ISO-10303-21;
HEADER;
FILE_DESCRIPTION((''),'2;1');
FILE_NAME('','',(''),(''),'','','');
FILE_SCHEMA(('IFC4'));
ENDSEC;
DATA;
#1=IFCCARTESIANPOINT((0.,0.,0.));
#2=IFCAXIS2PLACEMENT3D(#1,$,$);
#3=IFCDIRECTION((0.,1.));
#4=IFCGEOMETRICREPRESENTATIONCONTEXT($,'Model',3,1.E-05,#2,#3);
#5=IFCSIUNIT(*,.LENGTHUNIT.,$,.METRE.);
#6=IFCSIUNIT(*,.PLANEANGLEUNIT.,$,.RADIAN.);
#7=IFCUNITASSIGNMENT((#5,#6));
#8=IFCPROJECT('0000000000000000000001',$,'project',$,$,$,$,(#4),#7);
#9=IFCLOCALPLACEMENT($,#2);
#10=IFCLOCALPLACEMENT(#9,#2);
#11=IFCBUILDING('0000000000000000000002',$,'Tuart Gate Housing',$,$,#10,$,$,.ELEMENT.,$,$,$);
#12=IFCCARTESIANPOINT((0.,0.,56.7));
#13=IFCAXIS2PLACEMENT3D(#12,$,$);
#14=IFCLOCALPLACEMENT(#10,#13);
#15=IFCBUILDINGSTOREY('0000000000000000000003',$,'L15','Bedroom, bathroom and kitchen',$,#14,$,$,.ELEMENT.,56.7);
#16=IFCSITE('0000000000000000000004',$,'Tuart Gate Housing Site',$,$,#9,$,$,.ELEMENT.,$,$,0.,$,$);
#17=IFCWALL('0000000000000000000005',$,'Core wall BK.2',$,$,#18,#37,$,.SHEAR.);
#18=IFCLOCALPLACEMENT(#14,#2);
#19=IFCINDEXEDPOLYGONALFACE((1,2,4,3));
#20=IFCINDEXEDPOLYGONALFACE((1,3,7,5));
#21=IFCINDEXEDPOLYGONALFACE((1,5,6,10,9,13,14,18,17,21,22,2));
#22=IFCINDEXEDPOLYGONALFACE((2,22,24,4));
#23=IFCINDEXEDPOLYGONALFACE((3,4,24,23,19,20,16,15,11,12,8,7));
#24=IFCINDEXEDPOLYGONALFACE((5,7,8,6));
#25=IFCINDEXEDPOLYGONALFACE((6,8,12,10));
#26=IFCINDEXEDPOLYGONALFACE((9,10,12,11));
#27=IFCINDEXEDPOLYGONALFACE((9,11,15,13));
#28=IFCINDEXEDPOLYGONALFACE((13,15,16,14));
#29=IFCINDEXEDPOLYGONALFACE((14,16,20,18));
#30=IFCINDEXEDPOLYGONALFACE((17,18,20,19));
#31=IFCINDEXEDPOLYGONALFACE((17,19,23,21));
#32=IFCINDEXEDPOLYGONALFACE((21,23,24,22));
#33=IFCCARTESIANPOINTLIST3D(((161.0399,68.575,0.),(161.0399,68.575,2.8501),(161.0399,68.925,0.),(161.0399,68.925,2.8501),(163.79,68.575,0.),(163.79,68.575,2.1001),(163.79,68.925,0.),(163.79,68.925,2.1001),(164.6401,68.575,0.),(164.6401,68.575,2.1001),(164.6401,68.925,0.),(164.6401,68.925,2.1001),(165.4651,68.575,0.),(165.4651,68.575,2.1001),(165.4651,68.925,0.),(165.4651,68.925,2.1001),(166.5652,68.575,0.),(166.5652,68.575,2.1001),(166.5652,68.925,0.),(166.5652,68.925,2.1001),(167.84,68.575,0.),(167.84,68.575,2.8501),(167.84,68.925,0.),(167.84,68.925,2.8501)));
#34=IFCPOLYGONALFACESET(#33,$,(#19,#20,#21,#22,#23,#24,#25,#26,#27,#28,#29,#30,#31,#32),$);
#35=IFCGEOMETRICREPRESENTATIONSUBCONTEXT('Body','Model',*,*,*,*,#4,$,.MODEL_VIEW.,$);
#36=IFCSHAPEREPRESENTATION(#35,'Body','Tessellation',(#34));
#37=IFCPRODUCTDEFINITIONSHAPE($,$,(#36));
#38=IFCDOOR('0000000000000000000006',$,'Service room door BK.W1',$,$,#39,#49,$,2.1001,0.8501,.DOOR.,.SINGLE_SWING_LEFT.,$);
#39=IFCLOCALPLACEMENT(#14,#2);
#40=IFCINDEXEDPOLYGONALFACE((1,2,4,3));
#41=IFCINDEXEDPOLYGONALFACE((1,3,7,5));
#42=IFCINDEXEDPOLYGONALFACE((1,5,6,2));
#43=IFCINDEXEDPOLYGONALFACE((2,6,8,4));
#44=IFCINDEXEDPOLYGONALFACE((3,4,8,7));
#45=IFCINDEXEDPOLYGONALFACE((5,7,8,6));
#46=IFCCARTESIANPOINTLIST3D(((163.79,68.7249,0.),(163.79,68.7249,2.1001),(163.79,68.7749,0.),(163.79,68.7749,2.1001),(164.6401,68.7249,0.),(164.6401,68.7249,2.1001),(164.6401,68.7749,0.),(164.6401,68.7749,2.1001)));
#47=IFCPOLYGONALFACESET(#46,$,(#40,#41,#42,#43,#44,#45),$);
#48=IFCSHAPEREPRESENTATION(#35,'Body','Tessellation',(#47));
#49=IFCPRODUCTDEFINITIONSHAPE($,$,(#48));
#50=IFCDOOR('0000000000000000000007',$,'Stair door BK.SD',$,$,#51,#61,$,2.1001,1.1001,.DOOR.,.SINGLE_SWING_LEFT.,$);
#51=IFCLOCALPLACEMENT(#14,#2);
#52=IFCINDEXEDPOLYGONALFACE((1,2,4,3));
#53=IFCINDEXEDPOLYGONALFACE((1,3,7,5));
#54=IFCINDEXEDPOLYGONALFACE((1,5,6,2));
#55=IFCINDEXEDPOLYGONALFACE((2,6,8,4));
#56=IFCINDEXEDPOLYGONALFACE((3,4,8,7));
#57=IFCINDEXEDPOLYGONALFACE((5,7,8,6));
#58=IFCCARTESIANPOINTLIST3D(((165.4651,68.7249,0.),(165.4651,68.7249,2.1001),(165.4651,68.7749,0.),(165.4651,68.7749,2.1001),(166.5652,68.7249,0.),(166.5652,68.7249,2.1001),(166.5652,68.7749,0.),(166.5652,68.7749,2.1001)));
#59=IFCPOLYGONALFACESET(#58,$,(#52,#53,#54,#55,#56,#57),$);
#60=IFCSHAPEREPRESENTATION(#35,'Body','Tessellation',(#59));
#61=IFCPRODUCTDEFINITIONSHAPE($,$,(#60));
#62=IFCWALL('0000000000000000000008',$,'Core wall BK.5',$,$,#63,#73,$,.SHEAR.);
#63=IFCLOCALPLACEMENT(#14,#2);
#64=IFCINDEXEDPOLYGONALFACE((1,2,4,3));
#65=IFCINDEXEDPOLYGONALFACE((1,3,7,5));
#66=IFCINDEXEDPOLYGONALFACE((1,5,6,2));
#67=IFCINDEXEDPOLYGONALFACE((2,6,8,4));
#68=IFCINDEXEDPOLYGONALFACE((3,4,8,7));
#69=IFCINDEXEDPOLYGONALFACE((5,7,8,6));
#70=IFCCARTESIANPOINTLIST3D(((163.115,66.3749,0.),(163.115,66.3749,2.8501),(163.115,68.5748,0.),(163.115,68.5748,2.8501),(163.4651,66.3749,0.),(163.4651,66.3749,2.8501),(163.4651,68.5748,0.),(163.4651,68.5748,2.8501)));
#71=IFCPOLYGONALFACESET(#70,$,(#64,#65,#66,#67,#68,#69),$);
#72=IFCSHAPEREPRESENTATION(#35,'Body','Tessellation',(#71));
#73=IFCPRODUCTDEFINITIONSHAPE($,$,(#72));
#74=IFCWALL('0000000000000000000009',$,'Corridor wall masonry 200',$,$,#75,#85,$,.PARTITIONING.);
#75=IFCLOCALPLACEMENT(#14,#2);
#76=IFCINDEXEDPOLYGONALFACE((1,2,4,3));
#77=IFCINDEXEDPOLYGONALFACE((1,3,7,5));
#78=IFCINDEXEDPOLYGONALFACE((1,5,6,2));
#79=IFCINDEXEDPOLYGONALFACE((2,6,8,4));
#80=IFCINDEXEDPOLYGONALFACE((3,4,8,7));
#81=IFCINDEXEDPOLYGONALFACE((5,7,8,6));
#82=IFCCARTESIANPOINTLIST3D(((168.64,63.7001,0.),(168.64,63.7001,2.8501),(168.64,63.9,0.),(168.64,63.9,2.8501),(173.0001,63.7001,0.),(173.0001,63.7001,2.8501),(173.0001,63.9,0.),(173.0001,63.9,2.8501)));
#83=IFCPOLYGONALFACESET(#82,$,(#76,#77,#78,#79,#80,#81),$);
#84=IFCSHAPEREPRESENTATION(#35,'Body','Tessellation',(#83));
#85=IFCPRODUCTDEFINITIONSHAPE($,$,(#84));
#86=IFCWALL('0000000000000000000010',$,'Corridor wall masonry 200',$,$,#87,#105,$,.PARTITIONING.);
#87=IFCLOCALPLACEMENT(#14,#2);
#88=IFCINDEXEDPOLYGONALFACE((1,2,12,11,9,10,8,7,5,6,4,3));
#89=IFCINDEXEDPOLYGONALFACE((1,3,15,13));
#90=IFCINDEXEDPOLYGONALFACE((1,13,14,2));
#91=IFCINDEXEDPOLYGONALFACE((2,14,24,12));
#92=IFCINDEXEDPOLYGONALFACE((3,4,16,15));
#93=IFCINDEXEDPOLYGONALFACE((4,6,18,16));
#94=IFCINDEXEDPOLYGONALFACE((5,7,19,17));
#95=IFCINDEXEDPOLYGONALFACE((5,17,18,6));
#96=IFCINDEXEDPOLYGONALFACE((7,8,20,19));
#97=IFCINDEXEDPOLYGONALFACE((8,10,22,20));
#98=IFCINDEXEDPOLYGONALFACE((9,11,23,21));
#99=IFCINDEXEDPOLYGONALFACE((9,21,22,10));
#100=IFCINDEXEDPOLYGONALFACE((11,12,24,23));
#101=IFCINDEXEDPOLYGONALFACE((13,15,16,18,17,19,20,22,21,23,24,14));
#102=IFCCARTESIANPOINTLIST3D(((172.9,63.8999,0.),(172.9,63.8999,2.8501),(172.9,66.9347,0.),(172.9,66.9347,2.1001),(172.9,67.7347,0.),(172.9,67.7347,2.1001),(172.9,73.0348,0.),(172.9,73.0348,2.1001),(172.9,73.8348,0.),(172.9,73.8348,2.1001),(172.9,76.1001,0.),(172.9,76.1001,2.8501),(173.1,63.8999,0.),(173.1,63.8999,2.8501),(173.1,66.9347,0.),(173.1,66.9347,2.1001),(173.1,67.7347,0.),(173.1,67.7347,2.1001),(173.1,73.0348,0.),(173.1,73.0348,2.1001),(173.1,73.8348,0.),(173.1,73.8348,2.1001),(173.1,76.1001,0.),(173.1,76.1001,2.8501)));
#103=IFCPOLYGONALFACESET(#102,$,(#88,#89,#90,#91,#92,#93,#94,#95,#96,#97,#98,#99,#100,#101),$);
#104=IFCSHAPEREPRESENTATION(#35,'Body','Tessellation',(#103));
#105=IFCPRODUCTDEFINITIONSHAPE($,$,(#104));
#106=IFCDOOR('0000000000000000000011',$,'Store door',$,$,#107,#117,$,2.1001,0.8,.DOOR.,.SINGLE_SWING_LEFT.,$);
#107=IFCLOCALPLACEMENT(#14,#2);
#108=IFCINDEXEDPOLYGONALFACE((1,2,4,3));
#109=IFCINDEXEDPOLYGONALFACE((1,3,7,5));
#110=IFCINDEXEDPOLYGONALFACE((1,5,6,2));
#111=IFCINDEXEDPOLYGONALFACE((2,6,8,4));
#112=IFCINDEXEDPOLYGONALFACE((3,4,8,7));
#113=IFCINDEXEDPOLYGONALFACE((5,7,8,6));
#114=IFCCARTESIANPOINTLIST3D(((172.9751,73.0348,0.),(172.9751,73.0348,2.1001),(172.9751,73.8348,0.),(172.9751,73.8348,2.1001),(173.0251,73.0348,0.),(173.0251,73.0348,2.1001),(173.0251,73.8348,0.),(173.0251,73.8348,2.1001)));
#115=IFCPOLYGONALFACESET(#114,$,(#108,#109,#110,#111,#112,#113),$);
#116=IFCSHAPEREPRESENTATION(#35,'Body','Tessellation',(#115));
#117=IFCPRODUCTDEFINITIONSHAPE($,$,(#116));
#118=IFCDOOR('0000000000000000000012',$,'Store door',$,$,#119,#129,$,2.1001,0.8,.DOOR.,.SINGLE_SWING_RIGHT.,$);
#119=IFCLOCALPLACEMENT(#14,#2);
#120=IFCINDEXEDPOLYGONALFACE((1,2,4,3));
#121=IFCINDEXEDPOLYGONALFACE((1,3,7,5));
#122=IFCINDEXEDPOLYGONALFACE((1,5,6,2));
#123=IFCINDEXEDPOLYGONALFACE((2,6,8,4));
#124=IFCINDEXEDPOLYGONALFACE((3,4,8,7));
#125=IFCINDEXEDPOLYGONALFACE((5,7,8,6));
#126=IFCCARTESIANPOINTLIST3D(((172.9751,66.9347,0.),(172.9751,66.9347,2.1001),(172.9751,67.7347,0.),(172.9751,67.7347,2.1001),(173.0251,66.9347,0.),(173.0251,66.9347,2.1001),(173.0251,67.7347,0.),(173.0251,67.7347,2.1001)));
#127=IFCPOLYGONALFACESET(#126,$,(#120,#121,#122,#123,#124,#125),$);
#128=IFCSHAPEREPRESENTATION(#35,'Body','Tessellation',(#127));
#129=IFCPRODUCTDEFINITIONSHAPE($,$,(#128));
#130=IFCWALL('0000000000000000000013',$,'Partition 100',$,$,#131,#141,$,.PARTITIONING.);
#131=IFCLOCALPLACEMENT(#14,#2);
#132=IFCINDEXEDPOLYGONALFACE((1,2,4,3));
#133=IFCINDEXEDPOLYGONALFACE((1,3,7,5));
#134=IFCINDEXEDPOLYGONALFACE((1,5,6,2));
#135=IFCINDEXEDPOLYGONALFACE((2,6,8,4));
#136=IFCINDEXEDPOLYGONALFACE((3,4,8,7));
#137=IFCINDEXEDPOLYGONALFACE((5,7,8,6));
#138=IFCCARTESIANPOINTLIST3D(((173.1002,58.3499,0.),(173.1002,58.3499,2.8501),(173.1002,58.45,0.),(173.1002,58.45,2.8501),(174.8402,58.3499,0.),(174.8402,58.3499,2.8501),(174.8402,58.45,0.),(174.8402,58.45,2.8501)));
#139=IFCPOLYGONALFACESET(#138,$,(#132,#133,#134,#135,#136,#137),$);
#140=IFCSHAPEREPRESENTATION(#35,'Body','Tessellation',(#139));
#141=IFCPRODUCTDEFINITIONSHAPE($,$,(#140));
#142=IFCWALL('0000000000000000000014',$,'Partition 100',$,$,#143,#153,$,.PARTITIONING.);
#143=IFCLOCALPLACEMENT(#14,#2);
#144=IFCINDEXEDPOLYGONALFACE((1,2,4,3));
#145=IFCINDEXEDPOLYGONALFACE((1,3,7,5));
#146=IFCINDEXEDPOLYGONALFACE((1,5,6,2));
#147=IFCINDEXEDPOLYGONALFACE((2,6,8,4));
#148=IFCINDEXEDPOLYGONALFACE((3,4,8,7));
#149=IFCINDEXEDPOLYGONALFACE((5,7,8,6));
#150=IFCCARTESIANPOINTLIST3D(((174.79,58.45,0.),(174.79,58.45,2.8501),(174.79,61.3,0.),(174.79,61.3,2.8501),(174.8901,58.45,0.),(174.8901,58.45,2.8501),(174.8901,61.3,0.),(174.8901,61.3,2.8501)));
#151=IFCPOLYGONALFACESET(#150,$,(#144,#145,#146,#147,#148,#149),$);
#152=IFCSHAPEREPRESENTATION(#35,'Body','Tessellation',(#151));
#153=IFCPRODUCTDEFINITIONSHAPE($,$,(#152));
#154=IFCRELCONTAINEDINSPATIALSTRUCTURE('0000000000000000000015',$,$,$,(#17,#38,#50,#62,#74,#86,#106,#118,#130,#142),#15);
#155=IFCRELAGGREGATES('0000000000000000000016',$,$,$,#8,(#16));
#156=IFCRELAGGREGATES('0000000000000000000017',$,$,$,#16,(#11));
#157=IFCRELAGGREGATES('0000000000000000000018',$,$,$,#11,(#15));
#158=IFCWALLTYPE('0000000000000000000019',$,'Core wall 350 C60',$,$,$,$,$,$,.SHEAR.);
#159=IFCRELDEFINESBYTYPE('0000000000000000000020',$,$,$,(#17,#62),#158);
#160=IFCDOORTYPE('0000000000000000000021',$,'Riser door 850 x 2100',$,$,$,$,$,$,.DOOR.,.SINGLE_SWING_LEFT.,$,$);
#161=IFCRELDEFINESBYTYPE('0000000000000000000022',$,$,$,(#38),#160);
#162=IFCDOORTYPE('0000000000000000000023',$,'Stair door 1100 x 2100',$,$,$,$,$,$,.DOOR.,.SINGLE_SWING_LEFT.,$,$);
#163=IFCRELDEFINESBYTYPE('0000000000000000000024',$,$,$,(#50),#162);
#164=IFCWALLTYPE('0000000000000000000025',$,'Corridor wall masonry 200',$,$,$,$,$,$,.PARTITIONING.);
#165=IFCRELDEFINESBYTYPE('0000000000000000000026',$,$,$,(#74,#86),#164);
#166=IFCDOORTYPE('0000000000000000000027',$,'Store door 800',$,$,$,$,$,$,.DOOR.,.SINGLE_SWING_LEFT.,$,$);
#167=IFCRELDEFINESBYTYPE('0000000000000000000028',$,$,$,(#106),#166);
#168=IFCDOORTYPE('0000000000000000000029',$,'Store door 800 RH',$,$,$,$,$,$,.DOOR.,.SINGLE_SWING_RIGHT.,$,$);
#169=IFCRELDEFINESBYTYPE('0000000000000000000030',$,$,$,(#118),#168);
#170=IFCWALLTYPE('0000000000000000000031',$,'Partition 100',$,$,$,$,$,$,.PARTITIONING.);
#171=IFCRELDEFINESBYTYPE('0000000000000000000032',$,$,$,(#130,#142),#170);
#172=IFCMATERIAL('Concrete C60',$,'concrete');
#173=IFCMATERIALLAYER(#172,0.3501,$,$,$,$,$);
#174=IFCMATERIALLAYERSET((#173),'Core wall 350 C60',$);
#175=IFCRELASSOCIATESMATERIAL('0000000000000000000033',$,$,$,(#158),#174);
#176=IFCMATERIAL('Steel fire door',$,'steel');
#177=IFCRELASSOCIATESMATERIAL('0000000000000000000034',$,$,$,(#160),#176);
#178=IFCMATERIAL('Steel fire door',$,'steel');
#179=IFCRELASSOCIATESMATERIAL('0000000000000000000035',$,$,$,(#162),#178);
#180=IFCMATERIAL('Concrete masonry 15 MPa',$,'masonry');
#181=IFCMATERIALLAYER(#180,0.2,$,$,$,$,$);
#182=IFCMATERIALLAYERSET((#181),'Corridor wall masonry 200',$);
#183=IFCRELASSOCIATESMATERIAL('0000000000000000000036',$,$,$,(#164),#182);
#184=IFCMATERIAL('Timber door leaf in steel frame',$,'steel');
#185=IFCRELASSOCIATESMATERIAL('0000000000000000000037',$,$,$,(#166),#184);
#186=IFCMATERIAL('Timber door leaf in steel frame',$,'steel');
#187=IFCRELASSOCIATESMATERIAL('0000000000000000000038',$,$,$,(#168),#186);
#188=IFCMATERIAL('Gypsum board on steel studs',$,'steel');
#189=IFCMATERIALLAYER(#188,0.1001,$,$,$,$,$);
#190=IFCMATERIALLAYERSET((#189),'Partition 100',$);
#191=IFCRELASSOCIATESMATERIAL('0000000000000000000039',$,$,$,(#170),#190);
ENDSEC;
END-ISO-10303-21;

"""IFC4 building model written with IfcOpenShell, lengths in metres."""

from ifc_helpers import new_model, si_unit, direction, frame, frame_2d, origin, place, context, subcontext, project, spatial, rectangle, extrude, material, layer, layer_set, type_object, element, fill, save


model = new_model("IFC4")

# Units and contexts
model_context = context("Model", 3, precision=1e-05, world=origin(), true_north=direction((0.0, 1.0)))
body_context = subcontext(model_context, "Body", "Model", "MODEL_VIEW")
ifc_project = project(units=[si_unit("LENGTHUNIT", "METRE"), si_unit("PLANEANGLEUNIT", "RADIAN")], contexts=[model_context])

# Site, building, storey
site_placement = place(None, origin())
site = spatial("IfcSite", under=ifc_project, at=site_placement, Name="Tuart Gate Housing Site", CompositionType="ELEMENT", RefElevation=0.0)
building_placement = place(site_placement, origin())
building = spatial("IfcBuilding", under=site, at=building_placement, Name="Tuart Gate Housing", CompositionType="ELEMENT")
storey_placement = place(building_placement, frame((0.0, 0.0, 56.7)))
storey = spatial("IfcBuildingStorey", under=building, at=storey_placement, Name="L15", Description="Bedroom, bathroom and kitchen", CompositionType="ELEMENT", Elevation=56.7)

# Wall, openings, doors
ifc_material_1 = material(Name="Concrete C60", Category="concrete")
ifc_layer_1 = layer(ifc_material_1, 0.3501)
ifc_layer_set_1 = layer_set([ifc_layer_1], Name="Core wall 350 C60")
wall_type_1 = type_object("IfcWallType", Name="Core wall 350 C60", PredefinedType="SHEAR", material=ifc_layer_set_1)
wall_1_placement = place(storey_placement, frame((161.04, 68.75, 0.0), z_axis=(0.0, 0.0, 1.0), x_axis=(1.0, 0.0, 0.0)))
wall_1 = element("IfcWall", 1, at=wall_1_placement, inside=storey, type_object=wall_type_1, Name="Core wall BK.2", PredefinedType="SHEAR", context=body_context, shape_type="SweptSolid", body=[
    extrude(rectangle(XDim=6.8, YDim=0.3501, at=frame_2d((3.3999, 0.0))), origin(), (0.0, 0.0, 1.0), 2.8501),
])
opening_1_placement = place(wall_1_placement, frame((4.425, 0.0, 0.0)))
opening_1 = element("IfcOpeningElement", 2, at=opening_1_placement, cuts=wall_1, PredefinedType="OPENING", context=body_context, shape_type="SweptSolid", body=[
    extrude(rectangle(XDim=1.1001, YDim=2.1001, at=frame_2d((0.55, 1.05))), frame((0.0, 0.1851, 0.0), z_axis=(0.0, -1.0, 0.0), x_axis=(1.0, 0.0, 0.0)), (0.0, 0.0, 1.0), 0.3701),
])
opening_2_placement = place(wall_1_placement, frame((2.75, 0.0, 0.0)))
opening_2 = element("IfcOpeningElement", 3, at=opening_2_placement, cuts=wall_1, PredefinedType="OPENING", context=body_context, shape_type="SweptSolid", body=[
    extrude(rectangle(XDim=0.8501, YDim=2.1001, at=frame_2d((0.425, 1.05))), frame((0.0, 0.1851, 0.0), z_axis=(0.0, -1.0, 0.0), x_axis=(1.0, 0.0, 0.0)), (0.0, 0.0, 1.0), 0.3701),
])
ifc_material_2 = material(Name="Steel fire door", Category="steel")
door_type_1 = type_object("IfcDoorType", Name="Riser door 850 x 2100", OperationType="SINGLE_SWING_LEFT", PredefinedType="DOOR", material=ifc_material_2)
door_1_placement = place(opening_2_placement, origin())
door_1 = element("IfcDoor", 4, at=door_1_placement, inside=storey, type_object=door_type_1, Name="Service room door BK.W1", OperationType="SINGLE_SWING_LEFT", OverallHeight=2.1001, OverallWidth=0.8501, PredefinedType="DOOR", context=body_context, shape_type="SweptSolid", body=[
    extrude(rectangle(XDim=0.8501, YDim=2.1001, at=frame_2d((0.425, 1.05))), frame((0.0, 0.0249, 0.0), z_axis=(0.0, -1.0, 0.0), x_axis=(1.0, 0.0, 0.0)), (0.0, 0.0, 1.0), 0.05),
])
fill(opening_2, door_1)
ifc_material_3 = material(Name="Steel fire door", Category="steel")
door_type_2 = type_object("IfcDoorType", Name="Stair door 1100 x 2100", OperationType="SINGLE_SWING_LEFT", PredefinedType="DOOR", material=ifc_material_3)
door_2_placement = place(opening_1_placement, origin())
door_2 = element("IfcDoor", 5, at=door_2_placement, inside=storey, type_object=door_type_2, Name="Stair door BK.SD", OperationType="SINGLE_SWING_LEFT", OverallHeight=2.1001, OverallWidth=1.1001, PredefinedType="DOOR", context=body_context, shape_type="SweptSolid", body=[
    extrude(rectangle(XDim=1.1001, YDim=2.1001, at=frame_2d((0.55, 1.05))), frame((0.0, 0.0249, 0.0), z_axis=(0.0, -1.0, 0.0), x_axis=(1.0, 0.0, 0.0)), (0.0, 0.0, 1.0), 0.05),
])
fill(opening_1, door_2)

# Walls
wall_2_placement = place(storey_placement, frame((163.29, 68.575, 0.0), z_axis=(0.0, 0.0, 1.0), x_axis=(0.0, -1.0, 0.0)))
element("IfcWall", 6, at=wall_2_placement, inside=storey, type_object=wall_type_1, Name="Core wall BK.5", PredefinedType="SHEAR", context=body_context, shape_type="SweptSolid", body=[
    extrude(rectangle(XDim=2.2, YDim=0.3501, at=frame_2d((1.1001, 0.0))), origin(), (0.0, 0.0, 1.0), 2.8501),
])
ifc_material_4 = material(Name="Concrete masonry 15 MPa", Category="masonry")
ifc_layer_2 = layer(ifc_material_4, 0.2)
ifc_layer_set_2 = layer_set([ifc_layer_2], Name="Corridor wall masonry 200")
wall_type_2 = type_object("IfcWallType", Name="Corridor wall masonry 200", PredefinedType="PARTITIONING", material=ifc_layer_set_2)
wall_3_placement = place(storey_placement, frame((168.6399, 63.8, 0.0), z_axis=(0.0, 0.0, 1.0), x_axis=(1.0, 0.0, 0.0)))
element("IfcWall", 7, at=wall_3_placement, inside=storey, type_object=wall_type_2, Name="Corridor wall masonry 200", PredefinedType="PARTITIONING", context=body_context, shape_type="SweptSolid", body=[
    extrude(rectangle(XDim=4.3601, YDim=0.2, at=frame_2d((2.1802, 0.0))), origin(), (0.0, 0.0, 1.0), 2.8501),
])

# Wall, openings, doors
wall_4_placement = place(storey_placement, frame((173.0, 63.8999, 0.0), z_axis=(0.0, 0.0, 1.0), x_axis=(0.0, 1.0, 0.0)))
wall_4 = element("IfcWall", 8, at=wall_4_placement, inside=storey, type_object=wall_type_2, Name="Corridor wall masonry 200", PredefinedType="PARTITIONING", context=body_context, shape_type="SweptSolid", body=[
    extrude(rectangle(XDim=12.2002, YDim=0.2, at=frame_2d((6.1001, 0.0))), origin(), (0.0, 0.0, 1.0), 2.8501),
])
opening_3_placement = place(wall_4_placement, frame((3.0349, 0.0, 0.0)))
opening_3 = element("IfcOpeningElement", 9, at=opening_3_placement, cuts=wall_4, PredefinedType="OPENING", context=body_context, shape_type="SweptSolid", body=[
    extrude(rectangle(XDim=0.8, YDim=2.1001, at=frame_2d((0.3999, 1.05))), frame((0.0, 0.1099, 0.0), z_axis=(0.0, -1.0, 0.0), x_axis=(1.0, 0.0, 0.0)), (0.0, 0.0, 1.0), 0.22),
])
opening_4_placement = place(wall_4_placement, frame((9.135, 0.0, 0.0)))
opening_4 = element("IfcOpeningElement", 10, at=opening_4_placement, cuts=wall_4, PredefinedType="OPENING", context=body_context, shape_type="SweptSolid", body=[
    extrude(rectangle(XDim=0.8, YDim=2.1001, at=frame_2d((0.3999, 1.05))), frame((0.0, 0.1099, 0.0), z_axis=(0.0, -1.0, 0.0), x_axis=(1.0, 0.0, 0.0)), (0.0, 0.0, 1.0), 0.22),
])
ifc_material_5 = material(Name="Timber door leaf in steel frame", Category="steel")
door_type_3 = type_object("IfcDoorType", Name="Store door 800", OperationType="SINGLE_SWING_LEFT", PredefinedType="DOOR", material=ifc_material_5)
door_3_placement = place(opening_4_placement, origin())
door_3 = element("IfcDoor", 11, at=door_3_placement, inside=storey, type_object=door_type_3, Name="Store door", OperationType="SINGLE_SWING_LEFT", OverallHeight=2.1001, OverallWidth=0.8, PredefinedType="DOOR", context=body_context, shape_type="SweptSolid", body=[
    extrude(rectangle(XDim=0.8, YDim=2.1001, at=frame_2d((0.3999, 1.05))), frame((0.0, 0.0249, 0.0), z_axis=(0.0, -1.0, 0.0), x_axis=(1.0, 0.0, 0.0)), (0.0, 0.0, 1.0), 0.05),
])
fill(opening_4, door_3)
ifc_material_6 = material(Name="Timber door leaf in steel frame", Category="steel")
door_type_4 = type_object("IfcDoorType", Name="Store door 800 RH", OperationType="SINGLE_SWING_RIGHT", PredefinedType="DOOR", material=ifc_material_6)
door_4_placement = place(opening_3_placement, origin())
door_4 = element("IfcDoor", 12, at=door_4_placement, inside=storey, type_object=door_type_4, Name="Store door", OperationType="SINGLE_SWING_RIGHT", OverallHeight=2.1001, OverallWidth=0.8, PredefinedType="DOOR", context=body_context, shape_type="SweptSolid", body=[
    extrude(rectangle(XDim=0.8, YDim=2.1001, at=frame_2d((0.3999, 1.05))), frame((0.0, 0.0249, 0.0), z_axis=(0.0, -1.0, 0.0), x_axis=(1.0, 0.0, 0.0)), (0.0, 0.0, 1.0), 0.05),
])
fill(opening_3, door_4)

# Walls
ifc_material_7 = material(Name="Gypsum board on steel studs", Category="steel")
ifc_layer_3 = layer(ifc_material_7, 0.1001)
ifc_layer_set_3 = layer_set([ifc_layer_3], Name="Partition 100")
wall_type_3 = type_object("IfcWallType", Name="Partition 100", PredefinedType="PARTITIONING", material=ifc_layer_set_3)
wall_5_placement = place(storey_placement, frame((173.1001, 58.3999, 0.0), z_axis=(0.0, 0.0, 1.0), x_axis=(1.0, 0.0, 0.0)))
element("IfcWall", 13, at=wall_5_placement, inside=storey, type_object=wall_type_3, Name="Partition 100", PredefinedType="PARTITIONING", context=body_context, shape_type="SweptSolid", body=[
    extrude(rectangle(XDim=1.74, YDim=0.1001, at=frame_2d((0.8701, 0.0))), origin(), (0.0, 0.0, 1.0), 2.8501),
])
wall_6_placement = place(storey_placement, frame((174.8401, 58.45, 0.0), z_axis=(0.0, 0.0, 1.0), x_axis=(0.0, 1.0, 0.0)))
element("IfcWall", 14, at=wall_6_placement, inside=storey, type_object=wall_type_3, Name="Partition 100", PredefinedType="PARTITIONING", context=body_context, shape_type="SweptSolid", body=[
    extrude(rectangle(XDim=2.8501, YDim=0.1001, at=frame_2d((1.425, 0.0))), origin(), (0.0, 0.0, 1.0), 2.8501),
])

save(model, "model.ifc")
